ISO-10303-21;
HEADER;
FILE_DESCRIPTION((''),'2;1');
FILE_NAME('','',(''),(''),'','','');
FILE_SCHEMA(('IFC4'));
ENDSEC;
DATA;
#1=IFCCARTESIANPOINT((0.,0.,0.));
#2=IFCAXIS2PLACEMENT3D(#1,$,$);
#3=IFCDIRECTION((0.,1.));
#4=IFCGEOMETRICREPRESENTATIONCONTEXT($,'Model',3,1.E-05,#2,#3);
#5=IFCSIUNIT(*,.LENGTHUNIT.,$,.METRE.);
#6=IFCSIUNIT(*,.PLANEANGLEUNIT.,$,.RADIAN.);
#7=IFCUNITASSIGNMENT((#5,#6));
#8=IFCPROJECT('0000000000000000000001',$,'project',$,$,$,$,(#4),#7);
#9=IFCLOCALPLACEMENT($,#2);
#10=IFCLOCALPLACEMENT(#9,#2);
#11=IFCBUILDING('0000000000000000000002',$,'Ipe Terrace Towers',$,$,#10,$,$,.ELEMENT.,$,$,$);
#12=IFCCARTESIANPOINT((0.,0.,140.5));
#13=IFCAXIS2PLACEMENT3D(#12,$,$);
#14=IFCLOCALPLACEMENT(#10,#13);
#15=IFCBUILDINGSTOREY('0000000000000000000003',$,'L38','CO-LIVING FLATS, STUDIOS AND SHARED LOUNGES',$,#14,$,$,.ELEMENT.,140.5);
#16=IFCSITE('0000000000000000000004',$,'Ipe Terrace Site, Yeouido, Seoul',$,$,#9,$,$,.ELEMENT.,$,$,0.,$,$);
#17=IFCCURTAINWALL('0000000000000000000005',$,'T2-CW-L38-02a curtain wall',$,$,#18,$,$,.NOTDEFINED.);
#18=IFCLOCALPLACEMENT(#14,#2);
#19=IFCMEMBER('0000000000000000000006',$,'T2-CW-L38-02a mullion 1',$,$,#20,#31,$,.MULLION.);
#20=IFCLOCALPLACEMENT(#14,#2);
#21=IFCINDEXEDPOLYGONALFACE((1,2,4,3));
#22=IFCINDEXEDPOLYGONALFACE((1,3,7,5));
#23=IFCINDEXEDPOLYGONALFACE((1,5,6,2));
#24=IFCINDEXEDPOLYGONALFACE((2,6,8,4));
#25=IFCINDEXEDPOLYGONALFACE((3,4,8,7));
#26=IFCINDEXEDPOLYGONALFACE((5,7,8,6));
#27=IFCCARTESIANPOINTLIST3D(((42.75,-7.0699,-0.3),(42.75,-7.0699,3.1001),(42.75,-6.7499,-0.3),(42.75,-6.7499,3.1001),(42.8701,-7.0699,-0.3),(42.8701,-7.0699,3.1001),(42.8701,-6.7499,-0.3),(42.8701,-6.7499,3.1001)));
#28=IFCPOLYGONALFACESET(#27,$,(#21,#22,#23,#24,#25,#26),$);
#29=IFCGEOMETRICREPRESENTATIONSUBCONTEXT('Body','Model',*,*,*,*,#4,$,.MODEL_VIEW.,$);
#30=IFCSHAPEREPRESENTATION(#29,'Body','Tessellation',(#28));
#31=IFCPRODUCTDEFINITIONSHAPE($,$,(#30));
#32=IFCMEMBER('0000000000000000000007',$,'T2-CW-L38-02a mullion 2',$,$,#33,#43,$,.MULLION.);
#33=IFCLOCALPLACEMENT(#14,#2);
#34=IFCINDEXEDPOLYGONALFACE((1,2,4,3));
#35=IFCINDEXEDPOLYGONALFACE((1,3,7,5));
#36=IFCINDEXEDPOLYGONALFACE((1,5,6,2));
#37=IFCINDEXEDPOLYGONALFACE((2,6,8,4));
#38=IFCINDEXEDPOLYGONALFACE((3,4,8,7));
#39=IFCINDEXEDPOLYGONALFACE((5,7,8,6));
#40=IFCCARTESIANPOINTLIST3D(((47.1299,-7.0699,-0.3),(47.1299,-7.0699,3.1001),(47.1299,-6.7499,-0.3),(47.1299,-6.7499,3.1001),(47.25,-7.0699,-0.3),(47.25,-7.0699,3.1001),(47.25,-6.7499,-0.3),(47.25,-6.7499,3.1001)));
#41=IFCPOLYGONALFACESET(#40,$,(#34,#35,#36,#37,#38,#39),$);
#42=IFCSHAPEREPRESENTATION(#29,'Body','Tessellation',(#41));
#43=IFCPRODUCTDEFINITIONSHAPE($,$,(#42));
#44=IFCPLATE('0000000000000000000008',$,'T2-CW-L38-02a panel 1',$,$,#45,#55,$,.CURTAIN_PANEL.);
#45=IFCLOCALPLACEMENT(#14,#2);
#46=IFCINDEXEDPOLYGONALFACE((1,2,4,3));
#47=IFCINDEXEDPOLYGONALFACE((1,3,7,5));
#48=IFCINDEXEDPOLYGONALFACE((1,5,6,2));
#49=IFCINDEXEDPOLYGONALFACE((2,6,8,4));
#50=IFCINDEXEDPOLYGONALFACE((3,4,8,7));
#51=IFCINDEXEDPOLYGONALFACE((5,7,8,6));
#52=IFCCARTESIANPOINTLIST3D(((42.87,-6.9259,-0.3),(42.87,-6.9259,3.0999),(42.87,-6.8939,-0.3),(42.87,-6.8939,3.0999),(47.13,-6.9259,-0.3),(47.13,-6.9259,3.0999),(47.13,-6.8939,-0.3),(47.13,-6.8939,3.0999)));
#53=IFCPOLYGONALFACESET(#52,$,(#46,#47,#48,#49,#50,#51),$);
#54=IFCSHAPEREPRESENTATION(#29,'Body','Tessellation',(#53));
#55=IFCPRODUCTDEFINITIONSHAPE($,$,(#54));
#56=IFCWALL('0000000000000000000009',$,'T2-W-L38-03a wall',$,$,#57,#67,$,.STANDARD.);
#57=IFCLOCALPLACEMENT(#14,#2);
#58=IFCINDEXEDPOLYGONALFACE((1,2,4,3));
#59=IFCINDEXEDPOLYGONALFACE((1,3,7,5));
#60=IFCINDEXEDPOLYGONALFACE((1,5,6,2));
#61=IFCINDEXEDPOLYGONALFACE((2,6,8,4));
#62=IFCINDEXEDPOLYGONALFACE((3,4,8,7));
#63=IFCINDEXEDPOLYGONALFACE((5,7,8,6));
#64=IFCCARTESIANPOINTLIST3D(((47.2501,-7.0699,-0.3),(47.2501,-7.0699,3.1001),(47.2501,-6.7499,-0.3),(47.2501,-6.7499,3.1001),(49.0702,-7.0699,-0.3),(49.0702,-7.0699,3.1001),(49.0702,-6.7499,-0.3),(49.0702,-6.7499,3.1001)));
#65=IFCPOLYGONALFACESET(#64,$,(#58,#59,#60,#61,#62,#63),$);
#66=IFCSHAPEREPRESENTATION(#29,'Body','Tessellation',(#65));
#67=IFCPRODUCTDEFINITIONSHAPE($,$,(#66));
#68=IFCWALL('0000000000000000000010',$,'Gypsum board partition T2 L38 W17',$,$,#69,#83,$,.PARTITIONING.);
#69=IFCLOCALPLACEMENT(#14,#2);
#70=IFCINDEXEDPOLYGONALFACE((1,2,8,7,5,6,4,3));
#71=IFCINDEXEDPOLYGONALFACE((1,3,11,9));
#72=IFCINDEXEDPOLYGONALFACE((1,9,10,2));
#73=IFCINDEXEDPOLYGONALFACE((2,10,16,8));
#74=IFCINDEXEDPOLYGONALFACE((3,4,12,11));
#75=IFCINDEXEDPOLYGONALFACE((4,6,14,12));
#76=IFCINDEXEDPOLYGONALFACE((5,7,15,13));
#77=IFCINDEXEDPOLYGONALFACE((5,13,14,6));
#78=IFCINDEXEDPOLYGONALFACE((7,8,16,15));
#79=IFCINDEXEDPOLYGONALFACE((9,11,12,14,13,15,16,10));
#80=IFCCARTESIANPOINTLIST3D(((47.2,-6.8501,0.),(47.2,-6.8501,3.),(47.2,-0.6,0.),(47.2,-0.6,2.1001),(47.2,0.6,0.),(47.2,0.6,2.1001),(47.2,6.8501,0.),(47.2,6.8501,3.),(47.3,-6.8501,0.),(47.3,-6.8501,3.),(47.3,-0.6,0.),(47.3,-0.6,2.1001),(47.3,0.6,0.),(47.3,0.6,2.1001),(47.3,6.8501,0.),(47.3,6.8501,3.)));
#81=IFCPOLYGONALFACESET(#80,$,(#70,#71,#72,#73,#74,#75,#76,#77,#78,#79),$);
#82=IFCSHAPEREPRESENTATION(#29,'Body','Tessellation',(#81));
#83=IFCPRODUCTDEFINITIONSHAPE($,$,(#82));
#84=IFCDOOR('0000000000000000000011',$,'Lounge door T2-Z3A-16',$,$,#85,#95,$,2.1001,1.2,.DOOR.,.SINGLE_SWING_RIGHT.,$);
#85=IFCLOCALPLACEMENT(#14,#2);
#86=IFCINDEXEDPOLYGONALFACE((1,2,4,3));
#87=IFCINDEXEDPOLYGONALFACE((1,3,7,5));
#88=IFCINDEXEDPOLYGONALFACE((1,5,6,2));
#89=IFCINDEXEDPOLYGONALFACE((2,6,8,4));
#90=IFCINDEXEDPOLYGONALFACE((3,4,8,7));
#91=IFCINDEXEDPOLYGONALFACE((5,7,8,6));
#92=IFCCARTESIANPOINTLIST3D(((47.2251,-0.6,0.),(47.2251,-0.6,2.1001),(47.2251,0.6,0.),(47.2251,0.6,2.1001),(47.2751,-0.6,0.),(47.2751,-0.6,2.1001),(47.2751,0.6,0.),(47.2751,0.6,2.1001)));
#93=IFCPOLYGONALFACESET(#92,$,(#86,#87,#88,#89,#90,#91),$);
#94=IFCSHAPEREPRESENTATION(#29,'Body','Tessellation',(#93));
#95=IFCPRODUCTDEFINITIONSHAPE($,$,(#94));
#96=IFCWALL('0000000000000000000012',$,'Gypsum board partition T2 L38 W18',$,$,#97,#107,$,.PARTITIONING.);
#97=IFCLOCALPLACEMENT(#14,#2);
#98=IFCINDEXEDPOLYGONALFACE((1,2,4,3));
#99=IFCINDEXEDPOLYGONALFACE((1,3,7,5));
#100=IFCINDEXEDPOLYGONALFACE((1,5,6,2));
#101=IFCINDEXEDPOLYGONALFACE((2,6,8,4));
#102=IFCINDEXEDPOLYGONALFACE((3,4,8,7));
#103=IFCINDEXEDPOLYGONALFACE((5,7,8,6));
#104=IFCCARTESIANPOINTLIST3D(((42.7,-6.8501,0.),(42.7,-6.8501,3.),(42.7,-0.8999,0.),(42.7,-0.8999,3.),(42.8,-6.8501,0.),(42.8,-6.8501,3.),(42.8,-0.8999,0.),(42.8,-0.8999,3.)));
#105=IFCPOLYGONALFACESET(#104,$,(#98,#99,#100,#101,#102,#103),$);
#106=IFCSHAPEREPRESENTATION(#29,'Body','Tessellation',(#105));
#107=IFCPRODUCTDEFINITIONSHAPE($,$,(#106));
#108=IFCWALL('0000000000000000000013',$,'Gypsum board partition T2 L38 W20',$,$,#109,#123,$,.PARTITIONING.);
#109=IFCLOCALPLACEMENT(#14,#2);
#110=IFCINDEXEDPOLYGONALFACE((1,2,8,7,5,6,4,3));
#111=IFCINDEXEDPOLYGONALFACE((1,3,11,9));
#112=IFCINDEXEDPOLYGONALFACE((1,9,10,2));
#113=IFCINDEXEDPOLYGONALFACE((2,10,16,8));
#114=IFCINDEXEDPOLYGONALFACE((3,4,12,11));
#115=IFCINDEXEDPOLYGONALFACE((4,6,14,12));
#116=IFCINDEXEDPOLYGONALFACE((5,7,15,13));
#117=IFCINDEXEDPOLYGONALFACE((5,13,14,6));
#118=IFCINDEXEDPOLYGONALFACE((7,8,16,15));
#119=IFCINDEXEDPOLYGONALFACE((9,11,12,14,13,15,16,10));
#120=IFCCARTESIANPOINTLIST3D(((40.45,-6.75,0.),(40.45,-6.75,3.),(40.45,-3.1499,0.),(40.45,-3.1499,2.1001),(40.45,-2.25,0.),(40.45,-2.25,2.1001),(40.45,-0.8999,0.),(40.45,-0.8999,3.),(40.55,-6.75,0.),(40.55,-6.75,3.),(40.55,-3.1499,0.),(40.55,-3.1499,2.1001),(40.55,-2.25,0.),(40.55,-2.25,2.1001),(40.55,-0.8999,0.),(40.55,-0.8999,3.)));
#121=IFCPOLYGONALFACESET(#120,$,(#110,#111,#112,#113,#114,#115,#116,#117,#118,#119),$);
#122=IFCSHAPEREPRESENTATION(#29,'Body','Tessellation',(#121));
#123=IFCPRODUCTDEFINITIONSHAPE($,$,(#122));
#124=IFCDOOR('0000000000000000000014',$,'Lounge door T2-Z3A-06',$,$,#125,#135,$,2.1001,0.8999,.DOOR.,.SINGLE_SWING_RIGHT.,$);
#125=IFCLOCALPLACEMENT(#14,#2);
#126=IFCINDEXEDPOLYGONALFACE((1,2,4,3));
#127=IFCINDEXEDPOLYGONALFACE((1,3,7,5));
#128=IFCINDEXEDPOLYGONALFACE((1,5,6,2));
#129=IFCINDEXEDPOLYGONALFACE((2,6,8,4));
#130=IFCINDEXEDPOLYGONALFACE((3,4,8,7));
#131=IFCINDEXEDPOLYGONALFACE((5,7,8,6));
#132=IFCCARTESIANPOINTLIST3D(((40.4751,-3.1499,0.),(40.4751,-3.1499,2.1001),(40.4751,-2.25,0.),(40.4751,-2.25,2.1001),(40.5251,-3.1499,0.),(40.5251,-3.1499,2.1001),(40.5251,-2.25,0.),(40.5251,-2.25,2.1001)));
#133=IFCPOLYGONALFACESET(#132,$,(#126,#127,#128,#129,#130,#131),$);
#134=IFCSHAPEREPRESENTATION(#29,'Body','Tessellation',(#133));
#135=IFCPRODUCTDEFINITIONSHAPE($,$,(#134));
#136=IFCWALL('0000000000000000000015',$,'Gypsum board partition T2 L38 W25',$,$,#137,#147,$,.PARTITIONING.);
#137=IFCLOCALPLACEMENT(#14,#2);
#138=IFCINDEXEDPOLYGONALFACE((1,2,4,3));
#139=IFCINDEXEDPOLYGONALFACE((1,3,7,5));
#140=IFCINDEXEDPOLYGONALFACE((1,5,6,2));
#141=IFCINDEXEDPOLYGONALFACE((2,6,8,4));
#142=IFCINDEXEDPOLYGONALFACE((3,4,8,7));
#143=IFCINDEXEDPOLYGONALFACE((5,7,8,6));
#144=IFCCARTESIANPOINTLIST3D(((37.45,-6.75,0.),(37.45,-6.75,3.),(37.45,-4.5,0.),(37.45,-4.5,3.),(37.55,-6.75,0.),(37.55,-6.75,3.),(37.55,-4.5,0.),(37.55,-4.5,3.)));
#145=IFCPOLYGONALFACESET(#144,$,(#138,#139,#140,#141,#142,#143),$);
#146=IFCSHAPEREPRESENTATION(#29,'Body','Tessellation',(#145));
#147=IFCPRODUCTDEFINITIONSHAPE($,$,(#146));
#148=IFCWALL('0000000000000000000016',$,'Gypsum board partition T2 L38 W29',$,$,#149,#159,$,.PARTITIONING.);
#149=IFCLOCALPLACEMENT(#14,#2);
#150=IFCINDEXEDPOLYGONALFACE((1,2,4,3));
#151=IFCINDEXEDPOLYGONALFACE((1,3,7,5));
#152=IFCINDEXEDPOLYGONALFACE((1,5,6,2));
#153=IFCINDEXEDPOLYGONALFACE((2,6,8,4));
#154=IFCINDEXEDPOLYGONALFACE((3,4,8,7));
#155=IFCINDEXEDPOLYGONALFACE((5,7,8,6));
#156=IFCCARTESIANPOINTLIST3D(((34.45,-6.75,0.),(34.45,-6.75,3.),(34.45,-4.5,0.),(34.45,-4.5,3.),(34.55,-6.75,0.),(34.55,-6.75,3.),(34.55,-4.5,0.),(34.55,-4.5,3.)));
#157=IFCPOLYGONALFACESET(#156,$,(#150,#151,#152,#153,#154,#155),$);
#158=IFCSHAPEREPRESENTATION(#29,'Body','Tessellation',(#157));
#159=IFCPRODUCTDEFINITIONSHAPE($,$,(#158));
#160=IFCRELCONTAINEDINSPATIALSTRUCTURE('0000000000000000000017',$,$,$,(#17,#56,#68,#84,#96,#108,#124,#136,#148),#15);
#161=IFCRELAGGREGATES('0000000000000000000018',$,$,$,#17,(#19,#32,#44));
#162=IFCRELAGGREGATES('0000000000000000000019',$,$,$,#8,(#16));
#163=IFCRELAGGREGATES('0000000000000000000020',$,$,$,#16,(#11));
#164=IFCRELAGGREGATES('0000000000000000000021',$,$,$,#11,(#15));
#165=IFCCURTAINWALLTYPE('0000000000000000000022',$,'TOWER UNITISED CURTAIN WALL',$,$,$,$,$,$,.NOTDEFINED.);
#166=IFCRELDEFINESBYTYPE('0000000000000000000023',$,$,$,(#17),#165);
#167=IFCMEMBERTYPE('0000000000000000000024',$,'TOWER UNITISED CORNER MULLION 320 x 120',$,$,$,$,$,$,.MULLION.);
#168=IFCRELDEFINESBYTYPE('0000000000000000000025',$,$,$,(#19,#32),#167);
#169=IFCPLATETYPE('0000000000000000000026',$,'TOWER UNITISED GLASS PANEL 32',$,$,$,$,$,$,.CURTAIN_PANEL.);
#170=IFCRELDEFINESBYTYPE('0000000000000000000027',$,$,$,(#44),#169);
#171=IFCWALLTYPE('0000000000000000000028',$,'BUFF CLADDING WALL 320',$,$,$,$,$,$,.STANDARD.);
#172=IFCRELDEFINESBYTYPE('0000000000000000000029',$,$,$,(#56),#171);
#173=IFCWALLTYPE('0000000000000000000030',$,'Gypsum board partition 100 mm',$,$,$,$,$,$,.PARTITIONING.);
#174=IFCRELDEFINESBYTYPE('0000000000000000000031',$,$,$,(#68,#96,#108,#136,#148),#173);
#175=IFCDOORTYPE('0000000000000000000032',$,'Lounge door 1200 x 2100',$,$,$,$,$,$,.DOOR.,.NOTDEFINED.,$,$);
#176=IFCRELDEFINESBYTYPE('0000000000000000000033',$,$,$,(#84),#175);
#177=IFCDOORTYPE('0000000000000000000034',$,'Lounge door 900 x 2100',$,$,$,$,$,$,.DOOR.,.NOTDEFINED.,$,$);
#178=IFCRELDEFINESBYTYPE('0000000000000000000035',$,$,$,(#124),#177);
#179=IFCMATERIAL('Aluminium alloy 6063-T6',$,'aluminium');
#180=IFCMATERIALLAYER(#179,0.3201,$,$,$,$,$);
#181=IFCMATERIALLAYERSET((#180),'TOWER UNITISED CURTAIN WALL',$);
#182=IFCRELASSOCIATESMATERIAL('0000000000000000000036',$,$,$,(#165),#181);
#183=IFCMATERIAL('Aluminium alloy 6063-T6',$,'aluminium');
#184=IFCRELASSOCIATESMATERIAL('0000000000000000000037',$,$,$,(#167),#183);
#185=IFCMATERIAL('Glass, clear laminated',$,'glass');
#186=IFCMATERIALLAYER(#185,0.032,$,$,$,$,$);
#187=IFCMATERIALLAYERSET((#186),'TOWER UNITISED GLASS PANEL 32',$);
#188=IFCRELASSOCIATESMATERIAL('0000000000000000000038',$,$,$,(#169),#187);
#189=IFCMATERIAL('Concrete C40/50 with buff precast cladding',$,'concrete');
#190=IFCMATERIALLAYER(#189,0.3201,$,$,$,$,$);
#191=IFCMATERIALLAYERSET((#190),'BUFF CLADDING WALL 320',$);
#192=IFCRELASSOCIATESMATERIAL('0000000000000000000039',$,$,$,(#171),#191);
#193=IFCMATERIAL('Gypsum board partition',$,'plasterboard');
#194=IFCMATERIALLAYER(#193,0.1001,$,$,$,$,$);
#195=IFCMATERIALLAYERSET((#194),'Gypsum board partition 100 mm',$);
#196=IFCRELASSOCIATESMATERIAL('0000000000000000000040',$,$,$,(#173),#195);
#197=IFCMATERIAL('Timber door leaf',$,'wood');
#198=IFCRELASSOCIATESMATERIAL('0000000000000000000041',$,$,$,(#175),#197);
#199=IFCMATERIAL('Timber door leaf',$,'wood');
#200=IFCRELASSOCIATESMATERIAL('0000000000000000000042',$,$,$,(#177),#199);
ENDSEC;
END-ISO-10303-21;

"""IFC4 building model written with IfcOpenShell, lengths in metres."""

from ifc_helpers import new_model, si_unit, direction, frame, frame_2d, origin, origin_2d, place, context, subcontext, project, spatial, rectangle, extrude, material, layer, layer_set, material_profile, profile_set, type_object, element, fill, aggregate, save


model = new_model("IFC4")

# Units and contexts
model_context = context("Model", 3, precision=1e-05, world=origin(), true_north=direction((0.0, 1.0)))
body_context = subcontext(model_context, "Body", "Model", "MODEL_VIEW")
ifc_project = project(units=[si_unit("LENGTHUNIT", "METRE"), si_unit("PLANEANGLEUNIT", "RADIAN")], contexts=[model_context])

# Site, building, storey
site_placement = place(None, origin())
site = spatial("IfcSite", under=ifc_project, at=site_placement, Name="Ipe Terrace Site, Yeouido, Seoul", CompositionType="ELEMENT", RefElevation=0.0)
building_placement = place(site_placement, origin())
building = spatial("IfcBuilding", under=site, at=building_placement, Name="Ipe Terrace Towers", CompositionType="ELEMENT")
storey_placement = place(building_placement, frame((0.0, 0.0, 140.5)))
storey = spatial("IfcBuildingStorey", under=building, at=storey_placement, Name="L38", Description="CO-LIVING FLATS, STUDIOS AND SHARED LOUNGES", CompositionType="ELEMENT", Elevation=140.5)

# Curtain wall, members, plate
ifc_material_1 = material(Name="Aluminium alloy 6063-T6", Category="aluminium")
ifc_layer_1 = layer(ifc_material_1, 0.3201)
ifc_layer_set_1 = layer_set([ifc_layer_1], Name="TOWER UNITISED CURTAIN WALL")
curtain_wall_type = type_object("IfcCurtainWallType", Name="TOWER UNITISED CURTAIN WALL", PredefinedType="NOTDEFINED", material=ifc_layer_set_1)
curtain_wall_placement = place(storey_placement, origin())
curtain_wall = element("IfcCurtainWall", 1, at=curtain_wall_placement, inside=storey, type_object=curtain_wall_type, Name="T2-CW-L38-02a curtain wall", PredefinedType="NOTDEFINED")
ifc_material_2 = material(Name="Aluminium alloy 6063-T6", Category="aluminium")
ifc_material_profile = material_profile(ifc_material_2, rectangle(XDim=0.3201, YDim=0.1201, at=origin_2d()), Name="TOWER UNITISED CORNER MULLION 320 x 120")
ifc_profile_set = profile_set([ifc_material_profile], Name="Aluminium alloy 6063-T6")
member_type = type_object("IfcMemberType", Name="TOWER UNITISED CORNER MULLION 320 x 120", PredefinedType="MULLION", material=ifc_profile_set)
member_1_placement = place(storey_placement, frame((42.8101, -6.9099, -0.3), z_axis=(0.0, 0.0, 1.0), x_axis=(0.0, -1.0, 0.0)))
member_1 = element("IfcMember", 2, at=member_1_placement, type_object=member_type, Name="T2-CW-L38-02a mullion 1", PredefinedType="MULLION", context=body_context, shape_type="SweptSolid", body=[
    extrude(rectangle(XDim=0.3201, YDim=0.1201, at=origin_2d()), origin(), (0.0, 0.0, 1.0), 3.4001),
])
member_2_placement = place(storey_placement, frame((47.1899, -6.9099, -0.3), z_axis=(0.0, 0.0, 1.0), x_axis=(0.0, -1.0, 0.0)))
member_2 = element("IfcMember", 3, at=member_2_placement, type_object=member_type, Name="T2-CW-L38-02a mullion 2", PredefinedType="MULLION", context=body_context, shape_type="SweptSolid", body=[
    extrude(rectangle(XDim=0.3201, YDim=0.1201, at=origin_2d()), origin(), (0.0, 0.0, 1.0), 3.4001),
])
ifc_material_3 = material(Name="Glass, clear laminated", Category="glass")
ifc_layer_2 = layer(ifc_material_3, 0.032)
ifc_layer_set_2 = layer_set([ifc_layer_2], Name="TOWER UNITISED GLASS PANEL 32")
plate_type = type_object("IfcPlateType", Name="TOWER UNITISED GLASS PANEL 32", PredefinedType="CURTAIN_PANEL", material=ifc_layer_set_2)
plate_placement = place(storey_placement, frame((45.0, -6.9099, -0.3), z_axis=(0.0, 0.0, 1.0), x_axis=(1.0, 0.0, 0.0)))
plate = element("IfcPlate", 4, at=plate_placement, type_object=plate_type, Name="T2-CW-L38-02a panel 1", PredefinedType="CURTAIN_PANEL", context=body_context, shape_type="SweptSolid", body=[
    extrude(rectangle(XDim=4.26, YDim=0.032, at=origin_2d()), origin(), (0.0, 0.0, 1.0), 3.3999),
])
aggregate(curtain_wall, [member_1, member_2, plate])

# Wall
ifc_material_4 = material(Name="Concrete C40/50 with buff precast cladding", Category="concrete")
ifc_layer_3 = layer(ifc_material_4, 0.3201)
ifc_layer_set_3 = layer_set([ifc_layer_3], Name="BUFF CLADDING WALL 320")
wall_type_1 = type_object("IfcWallType", Name="BUFF CLADDING WALL 320", PredefinedType="STANDARD", material=ifc_layer_set_3)
wall_1_placement = place(storey_placement, frame((47.25, -6.9099, -0.3), z_axis=(0.0, 0.0, 1.0), x_axis=(1.0, 0.0, 0.0)))
element("IfcWall", 5, at=wall_1_placement, inside=storey, type_object=wall_type_1, Name="T2-W-L38-03a wall", PredefinedType="STANDARD", context=body_context, shape_type="SweptSolid", body=[
    extrude(rectangle(XDim=1.8201, YDim=0.3201, at=frame_2d((0.9102, 0.0))), origin(), (0.0, 0.0, 1.0), 3.4001),
])

# Wall, opening, door
ifc_material_5 = material(Name="Gypsum board partition", Category="plasterboard")
ifc_layer_4 = layer(ifc_material_5, 0.1001)
ifc_layer_set_4 = layer_set([ifc_layer_4], Name="Gypsum board partition 100 mm")
wall_type_2 = type_object("IfcWallType", Name="Gypsum board partition 100 mm", PredefinedType="PARTITIONING", material=ifc_layer_set_4)
wall_2_placement = place(storey_placement, frame((47.25, -6.8501, 0.0), z_axis=(0.0, 0.0, 1.0), x_axis=(0.0, 1.0, 0.0)))
wall_2 = element("IfcWall", 6, at=wall_2_placement, inside=storey, type_object=wall_type_2, Name="Gypsum board partition T2 L38 W17", PredefinedType="PARTITIONING", context=body_context, shape_type="SweptSolid", body=[
    extrude(rectangle(XDim=13.7002, YDim=0.1001, at=frame_2d((6.8501, 0.0))), origin(), (0.0, 0.0, 1.0), 3.0),
])
opening_1_placement = place(wall_2_placement, frame((6.25, 0.0, 0.0)))
opening_1 = element("IfcOpeningElement", 7, at=opening_1_placement, cuts=wall_2, PredefinedType="OPENING", context=body_context, shape_type="SweptSolid", body=[
    extrude(rectangle(XDim=1.2, YDim=2.1001, at=frame_2d((0.6001, 1.05))), frame((0.0, 0.0601, 0.0), z_axis=(0.0, -1.0, 0.0), x_axis=(1.0, 0.0, 0.0)), (0.0, 0.0, 1.0), 0.1201),
])
ifc_material_6 = material(Name="Timber door leaf", Category="wood")
door_type_1 = type_object("IfcDoorType", Name="Lounge door 1200 x 2100", OperationType="NOTDEFINED", PredefinedType="DOOR", material=ifc_material_6)
door_1_placement = place(opening_1_placement, origin())
door_1 = element("IfcDoor", 8, at=door_1_placement, inside=storey, type_object=door_type_1, Name="Lounge door T2-Z3A-16", OperationType="SINGLE_SWING_RIGHT", OverallHeight=2.1001, OverallWidth=1.2, PredefinedType="DOOR", context=body_context, shape_type="SweptSolid", body=[
    extrude(rectangle(XDim=1.2, YDim=2.1001, at=frame_2d((0.6001, 1.05))), frame((0.0, 0.0249, 0.0), z_axis=(0.0, -1.0, 0.0), x_axis=(1.0, 0.0, 0.0)), (0.0, 0.0, 1.0), 0.05),
])
fill(opening_1, door_1)

# Wall
wall_3_placement = place(storey_placement, frame((42.75, -6.8501, 0.0), z_axis=(0.0, 0.0, 1.0), x_axis=(0.0, 1.0, 0.0)))
element("IfcWall", 9, at=wall_3_placement, inside=storey, type_object=wall_type_2, Name="Gypsum board partition T2 L38 W18", PredefinedType="PARTITIONING", context=body_context, shape_type="SweptSolid", body=[
    extrude(rectangle(XDim=5.9502, YDim=0.1001, at=frame_2d((2.9751, 0.0))), origin(), (0.0, 0.0, 1.0), 3.0),
])

# Wall, opening, door
wall_4_placement = place(storey_placement, frame((40.5, -6.75, 0.0), z_axis=(0.0, 0.0, 1.0), x_axis=(0.0, 1.0, 0.0)))
wall_4 = element("IfcWall", 10, at=wall_4_placement, inside=storey, type_object=wall_type_2, Name="Gypsum board partition T2 L38 W20", PredefinedType="PARTITIONING", context=body_context, shape_type="SweptSolid", body=[
    extrude(rectangle(XDim=5.8501, YDim=0.1001, at=frame_2d((2.925, 0.0))), origin(), (0.0, 0.0, 1.0), 3.0),
])
opening_2_placement = place(wall_4_placement, frame((3.6001, 0.0, 0.0)))
opening_2 = element("IfcOpeningElement", 11, at=opening_2_placement, cuts=wall_4, PredefinedType="OPENING", context=body_context, shape_type="SweptSolid", body=[
    extrude(rectangle(XDim=0.8999, YDim=2.1001, at=frame_2d((0.45, 1.05))), frame((0.0, 0.0601, 0.0), z_axis=(0.0, -1.0, 0.0), x_axis=(1.0, 0.0, 0.0)), (0.0, 0.0, 1.0), 0.1201),
])
ifc_material_7 = material(Name="Timber door leaf", Category="wood")
door_type_2 = type_object("IfcDoorType", Name="Lounge door 900 x 2100", OperationType="NOTDEFINED", PredefinedType="DOOR", material=ifc_material_7)
door_2_placement = place(opening_2_placement, origin())
door_2 = element("IfcDoor", 12, at=door_2_placement, inside=storey, type_object=door_type_2, Name="Lounge door T2-Z3A-06", OperationType="SINGLE_SWING_RIGHT", OverallHeight=2.1001, OverallWidth=0.8999, PredefinedType="DOOR", context=body_context, shape_type="SweptSolid", body=[
    extrude(rectangle(XDim=0.8999, YDim=2.1001, at=frame_2d((0.45, 1.05))), frame((0.0, 0.0249, 0.0), z_axis=(0.0, -1.0, 0.0), x_axis=(1.0, 0.0, 0.0)), (0.0, 0.0, 1.0), 0.05),
])
fill(opening_2, door_2)

# Walls
for number, where, z_axis, x_axis, name in (
    (13, (37.5, -6.75, 0.0), (0.0, 0.0, 1.0), (0.0, 1.0, 0.0), "Gypsum board partition T2 L38 W25"),
    (14, (34.5, -6.75, 0.0), (0.0, 0.0, 1.0), (0.0, 1.0, 0.0), "Gypsum board partition T2 L38 W29"),
):
    element("IfcWall", number, at=place(storey_placement, frame(where, z_axis=z_axis, x_axis=x_axis)), inside=storey, type_object=wall_type_2, Name=name, PredefinedType="PARTITIONING", context=body_context, shape_type="SweptSolid", body=[
        extrude(rectangle(XDim=2.25, YDim=0.1001, at=frame_2d((1.125, 0.0))), origin(), (0.0, 0.0, 1.0), 3.0),
    ])

save(model, "model.ifc")
